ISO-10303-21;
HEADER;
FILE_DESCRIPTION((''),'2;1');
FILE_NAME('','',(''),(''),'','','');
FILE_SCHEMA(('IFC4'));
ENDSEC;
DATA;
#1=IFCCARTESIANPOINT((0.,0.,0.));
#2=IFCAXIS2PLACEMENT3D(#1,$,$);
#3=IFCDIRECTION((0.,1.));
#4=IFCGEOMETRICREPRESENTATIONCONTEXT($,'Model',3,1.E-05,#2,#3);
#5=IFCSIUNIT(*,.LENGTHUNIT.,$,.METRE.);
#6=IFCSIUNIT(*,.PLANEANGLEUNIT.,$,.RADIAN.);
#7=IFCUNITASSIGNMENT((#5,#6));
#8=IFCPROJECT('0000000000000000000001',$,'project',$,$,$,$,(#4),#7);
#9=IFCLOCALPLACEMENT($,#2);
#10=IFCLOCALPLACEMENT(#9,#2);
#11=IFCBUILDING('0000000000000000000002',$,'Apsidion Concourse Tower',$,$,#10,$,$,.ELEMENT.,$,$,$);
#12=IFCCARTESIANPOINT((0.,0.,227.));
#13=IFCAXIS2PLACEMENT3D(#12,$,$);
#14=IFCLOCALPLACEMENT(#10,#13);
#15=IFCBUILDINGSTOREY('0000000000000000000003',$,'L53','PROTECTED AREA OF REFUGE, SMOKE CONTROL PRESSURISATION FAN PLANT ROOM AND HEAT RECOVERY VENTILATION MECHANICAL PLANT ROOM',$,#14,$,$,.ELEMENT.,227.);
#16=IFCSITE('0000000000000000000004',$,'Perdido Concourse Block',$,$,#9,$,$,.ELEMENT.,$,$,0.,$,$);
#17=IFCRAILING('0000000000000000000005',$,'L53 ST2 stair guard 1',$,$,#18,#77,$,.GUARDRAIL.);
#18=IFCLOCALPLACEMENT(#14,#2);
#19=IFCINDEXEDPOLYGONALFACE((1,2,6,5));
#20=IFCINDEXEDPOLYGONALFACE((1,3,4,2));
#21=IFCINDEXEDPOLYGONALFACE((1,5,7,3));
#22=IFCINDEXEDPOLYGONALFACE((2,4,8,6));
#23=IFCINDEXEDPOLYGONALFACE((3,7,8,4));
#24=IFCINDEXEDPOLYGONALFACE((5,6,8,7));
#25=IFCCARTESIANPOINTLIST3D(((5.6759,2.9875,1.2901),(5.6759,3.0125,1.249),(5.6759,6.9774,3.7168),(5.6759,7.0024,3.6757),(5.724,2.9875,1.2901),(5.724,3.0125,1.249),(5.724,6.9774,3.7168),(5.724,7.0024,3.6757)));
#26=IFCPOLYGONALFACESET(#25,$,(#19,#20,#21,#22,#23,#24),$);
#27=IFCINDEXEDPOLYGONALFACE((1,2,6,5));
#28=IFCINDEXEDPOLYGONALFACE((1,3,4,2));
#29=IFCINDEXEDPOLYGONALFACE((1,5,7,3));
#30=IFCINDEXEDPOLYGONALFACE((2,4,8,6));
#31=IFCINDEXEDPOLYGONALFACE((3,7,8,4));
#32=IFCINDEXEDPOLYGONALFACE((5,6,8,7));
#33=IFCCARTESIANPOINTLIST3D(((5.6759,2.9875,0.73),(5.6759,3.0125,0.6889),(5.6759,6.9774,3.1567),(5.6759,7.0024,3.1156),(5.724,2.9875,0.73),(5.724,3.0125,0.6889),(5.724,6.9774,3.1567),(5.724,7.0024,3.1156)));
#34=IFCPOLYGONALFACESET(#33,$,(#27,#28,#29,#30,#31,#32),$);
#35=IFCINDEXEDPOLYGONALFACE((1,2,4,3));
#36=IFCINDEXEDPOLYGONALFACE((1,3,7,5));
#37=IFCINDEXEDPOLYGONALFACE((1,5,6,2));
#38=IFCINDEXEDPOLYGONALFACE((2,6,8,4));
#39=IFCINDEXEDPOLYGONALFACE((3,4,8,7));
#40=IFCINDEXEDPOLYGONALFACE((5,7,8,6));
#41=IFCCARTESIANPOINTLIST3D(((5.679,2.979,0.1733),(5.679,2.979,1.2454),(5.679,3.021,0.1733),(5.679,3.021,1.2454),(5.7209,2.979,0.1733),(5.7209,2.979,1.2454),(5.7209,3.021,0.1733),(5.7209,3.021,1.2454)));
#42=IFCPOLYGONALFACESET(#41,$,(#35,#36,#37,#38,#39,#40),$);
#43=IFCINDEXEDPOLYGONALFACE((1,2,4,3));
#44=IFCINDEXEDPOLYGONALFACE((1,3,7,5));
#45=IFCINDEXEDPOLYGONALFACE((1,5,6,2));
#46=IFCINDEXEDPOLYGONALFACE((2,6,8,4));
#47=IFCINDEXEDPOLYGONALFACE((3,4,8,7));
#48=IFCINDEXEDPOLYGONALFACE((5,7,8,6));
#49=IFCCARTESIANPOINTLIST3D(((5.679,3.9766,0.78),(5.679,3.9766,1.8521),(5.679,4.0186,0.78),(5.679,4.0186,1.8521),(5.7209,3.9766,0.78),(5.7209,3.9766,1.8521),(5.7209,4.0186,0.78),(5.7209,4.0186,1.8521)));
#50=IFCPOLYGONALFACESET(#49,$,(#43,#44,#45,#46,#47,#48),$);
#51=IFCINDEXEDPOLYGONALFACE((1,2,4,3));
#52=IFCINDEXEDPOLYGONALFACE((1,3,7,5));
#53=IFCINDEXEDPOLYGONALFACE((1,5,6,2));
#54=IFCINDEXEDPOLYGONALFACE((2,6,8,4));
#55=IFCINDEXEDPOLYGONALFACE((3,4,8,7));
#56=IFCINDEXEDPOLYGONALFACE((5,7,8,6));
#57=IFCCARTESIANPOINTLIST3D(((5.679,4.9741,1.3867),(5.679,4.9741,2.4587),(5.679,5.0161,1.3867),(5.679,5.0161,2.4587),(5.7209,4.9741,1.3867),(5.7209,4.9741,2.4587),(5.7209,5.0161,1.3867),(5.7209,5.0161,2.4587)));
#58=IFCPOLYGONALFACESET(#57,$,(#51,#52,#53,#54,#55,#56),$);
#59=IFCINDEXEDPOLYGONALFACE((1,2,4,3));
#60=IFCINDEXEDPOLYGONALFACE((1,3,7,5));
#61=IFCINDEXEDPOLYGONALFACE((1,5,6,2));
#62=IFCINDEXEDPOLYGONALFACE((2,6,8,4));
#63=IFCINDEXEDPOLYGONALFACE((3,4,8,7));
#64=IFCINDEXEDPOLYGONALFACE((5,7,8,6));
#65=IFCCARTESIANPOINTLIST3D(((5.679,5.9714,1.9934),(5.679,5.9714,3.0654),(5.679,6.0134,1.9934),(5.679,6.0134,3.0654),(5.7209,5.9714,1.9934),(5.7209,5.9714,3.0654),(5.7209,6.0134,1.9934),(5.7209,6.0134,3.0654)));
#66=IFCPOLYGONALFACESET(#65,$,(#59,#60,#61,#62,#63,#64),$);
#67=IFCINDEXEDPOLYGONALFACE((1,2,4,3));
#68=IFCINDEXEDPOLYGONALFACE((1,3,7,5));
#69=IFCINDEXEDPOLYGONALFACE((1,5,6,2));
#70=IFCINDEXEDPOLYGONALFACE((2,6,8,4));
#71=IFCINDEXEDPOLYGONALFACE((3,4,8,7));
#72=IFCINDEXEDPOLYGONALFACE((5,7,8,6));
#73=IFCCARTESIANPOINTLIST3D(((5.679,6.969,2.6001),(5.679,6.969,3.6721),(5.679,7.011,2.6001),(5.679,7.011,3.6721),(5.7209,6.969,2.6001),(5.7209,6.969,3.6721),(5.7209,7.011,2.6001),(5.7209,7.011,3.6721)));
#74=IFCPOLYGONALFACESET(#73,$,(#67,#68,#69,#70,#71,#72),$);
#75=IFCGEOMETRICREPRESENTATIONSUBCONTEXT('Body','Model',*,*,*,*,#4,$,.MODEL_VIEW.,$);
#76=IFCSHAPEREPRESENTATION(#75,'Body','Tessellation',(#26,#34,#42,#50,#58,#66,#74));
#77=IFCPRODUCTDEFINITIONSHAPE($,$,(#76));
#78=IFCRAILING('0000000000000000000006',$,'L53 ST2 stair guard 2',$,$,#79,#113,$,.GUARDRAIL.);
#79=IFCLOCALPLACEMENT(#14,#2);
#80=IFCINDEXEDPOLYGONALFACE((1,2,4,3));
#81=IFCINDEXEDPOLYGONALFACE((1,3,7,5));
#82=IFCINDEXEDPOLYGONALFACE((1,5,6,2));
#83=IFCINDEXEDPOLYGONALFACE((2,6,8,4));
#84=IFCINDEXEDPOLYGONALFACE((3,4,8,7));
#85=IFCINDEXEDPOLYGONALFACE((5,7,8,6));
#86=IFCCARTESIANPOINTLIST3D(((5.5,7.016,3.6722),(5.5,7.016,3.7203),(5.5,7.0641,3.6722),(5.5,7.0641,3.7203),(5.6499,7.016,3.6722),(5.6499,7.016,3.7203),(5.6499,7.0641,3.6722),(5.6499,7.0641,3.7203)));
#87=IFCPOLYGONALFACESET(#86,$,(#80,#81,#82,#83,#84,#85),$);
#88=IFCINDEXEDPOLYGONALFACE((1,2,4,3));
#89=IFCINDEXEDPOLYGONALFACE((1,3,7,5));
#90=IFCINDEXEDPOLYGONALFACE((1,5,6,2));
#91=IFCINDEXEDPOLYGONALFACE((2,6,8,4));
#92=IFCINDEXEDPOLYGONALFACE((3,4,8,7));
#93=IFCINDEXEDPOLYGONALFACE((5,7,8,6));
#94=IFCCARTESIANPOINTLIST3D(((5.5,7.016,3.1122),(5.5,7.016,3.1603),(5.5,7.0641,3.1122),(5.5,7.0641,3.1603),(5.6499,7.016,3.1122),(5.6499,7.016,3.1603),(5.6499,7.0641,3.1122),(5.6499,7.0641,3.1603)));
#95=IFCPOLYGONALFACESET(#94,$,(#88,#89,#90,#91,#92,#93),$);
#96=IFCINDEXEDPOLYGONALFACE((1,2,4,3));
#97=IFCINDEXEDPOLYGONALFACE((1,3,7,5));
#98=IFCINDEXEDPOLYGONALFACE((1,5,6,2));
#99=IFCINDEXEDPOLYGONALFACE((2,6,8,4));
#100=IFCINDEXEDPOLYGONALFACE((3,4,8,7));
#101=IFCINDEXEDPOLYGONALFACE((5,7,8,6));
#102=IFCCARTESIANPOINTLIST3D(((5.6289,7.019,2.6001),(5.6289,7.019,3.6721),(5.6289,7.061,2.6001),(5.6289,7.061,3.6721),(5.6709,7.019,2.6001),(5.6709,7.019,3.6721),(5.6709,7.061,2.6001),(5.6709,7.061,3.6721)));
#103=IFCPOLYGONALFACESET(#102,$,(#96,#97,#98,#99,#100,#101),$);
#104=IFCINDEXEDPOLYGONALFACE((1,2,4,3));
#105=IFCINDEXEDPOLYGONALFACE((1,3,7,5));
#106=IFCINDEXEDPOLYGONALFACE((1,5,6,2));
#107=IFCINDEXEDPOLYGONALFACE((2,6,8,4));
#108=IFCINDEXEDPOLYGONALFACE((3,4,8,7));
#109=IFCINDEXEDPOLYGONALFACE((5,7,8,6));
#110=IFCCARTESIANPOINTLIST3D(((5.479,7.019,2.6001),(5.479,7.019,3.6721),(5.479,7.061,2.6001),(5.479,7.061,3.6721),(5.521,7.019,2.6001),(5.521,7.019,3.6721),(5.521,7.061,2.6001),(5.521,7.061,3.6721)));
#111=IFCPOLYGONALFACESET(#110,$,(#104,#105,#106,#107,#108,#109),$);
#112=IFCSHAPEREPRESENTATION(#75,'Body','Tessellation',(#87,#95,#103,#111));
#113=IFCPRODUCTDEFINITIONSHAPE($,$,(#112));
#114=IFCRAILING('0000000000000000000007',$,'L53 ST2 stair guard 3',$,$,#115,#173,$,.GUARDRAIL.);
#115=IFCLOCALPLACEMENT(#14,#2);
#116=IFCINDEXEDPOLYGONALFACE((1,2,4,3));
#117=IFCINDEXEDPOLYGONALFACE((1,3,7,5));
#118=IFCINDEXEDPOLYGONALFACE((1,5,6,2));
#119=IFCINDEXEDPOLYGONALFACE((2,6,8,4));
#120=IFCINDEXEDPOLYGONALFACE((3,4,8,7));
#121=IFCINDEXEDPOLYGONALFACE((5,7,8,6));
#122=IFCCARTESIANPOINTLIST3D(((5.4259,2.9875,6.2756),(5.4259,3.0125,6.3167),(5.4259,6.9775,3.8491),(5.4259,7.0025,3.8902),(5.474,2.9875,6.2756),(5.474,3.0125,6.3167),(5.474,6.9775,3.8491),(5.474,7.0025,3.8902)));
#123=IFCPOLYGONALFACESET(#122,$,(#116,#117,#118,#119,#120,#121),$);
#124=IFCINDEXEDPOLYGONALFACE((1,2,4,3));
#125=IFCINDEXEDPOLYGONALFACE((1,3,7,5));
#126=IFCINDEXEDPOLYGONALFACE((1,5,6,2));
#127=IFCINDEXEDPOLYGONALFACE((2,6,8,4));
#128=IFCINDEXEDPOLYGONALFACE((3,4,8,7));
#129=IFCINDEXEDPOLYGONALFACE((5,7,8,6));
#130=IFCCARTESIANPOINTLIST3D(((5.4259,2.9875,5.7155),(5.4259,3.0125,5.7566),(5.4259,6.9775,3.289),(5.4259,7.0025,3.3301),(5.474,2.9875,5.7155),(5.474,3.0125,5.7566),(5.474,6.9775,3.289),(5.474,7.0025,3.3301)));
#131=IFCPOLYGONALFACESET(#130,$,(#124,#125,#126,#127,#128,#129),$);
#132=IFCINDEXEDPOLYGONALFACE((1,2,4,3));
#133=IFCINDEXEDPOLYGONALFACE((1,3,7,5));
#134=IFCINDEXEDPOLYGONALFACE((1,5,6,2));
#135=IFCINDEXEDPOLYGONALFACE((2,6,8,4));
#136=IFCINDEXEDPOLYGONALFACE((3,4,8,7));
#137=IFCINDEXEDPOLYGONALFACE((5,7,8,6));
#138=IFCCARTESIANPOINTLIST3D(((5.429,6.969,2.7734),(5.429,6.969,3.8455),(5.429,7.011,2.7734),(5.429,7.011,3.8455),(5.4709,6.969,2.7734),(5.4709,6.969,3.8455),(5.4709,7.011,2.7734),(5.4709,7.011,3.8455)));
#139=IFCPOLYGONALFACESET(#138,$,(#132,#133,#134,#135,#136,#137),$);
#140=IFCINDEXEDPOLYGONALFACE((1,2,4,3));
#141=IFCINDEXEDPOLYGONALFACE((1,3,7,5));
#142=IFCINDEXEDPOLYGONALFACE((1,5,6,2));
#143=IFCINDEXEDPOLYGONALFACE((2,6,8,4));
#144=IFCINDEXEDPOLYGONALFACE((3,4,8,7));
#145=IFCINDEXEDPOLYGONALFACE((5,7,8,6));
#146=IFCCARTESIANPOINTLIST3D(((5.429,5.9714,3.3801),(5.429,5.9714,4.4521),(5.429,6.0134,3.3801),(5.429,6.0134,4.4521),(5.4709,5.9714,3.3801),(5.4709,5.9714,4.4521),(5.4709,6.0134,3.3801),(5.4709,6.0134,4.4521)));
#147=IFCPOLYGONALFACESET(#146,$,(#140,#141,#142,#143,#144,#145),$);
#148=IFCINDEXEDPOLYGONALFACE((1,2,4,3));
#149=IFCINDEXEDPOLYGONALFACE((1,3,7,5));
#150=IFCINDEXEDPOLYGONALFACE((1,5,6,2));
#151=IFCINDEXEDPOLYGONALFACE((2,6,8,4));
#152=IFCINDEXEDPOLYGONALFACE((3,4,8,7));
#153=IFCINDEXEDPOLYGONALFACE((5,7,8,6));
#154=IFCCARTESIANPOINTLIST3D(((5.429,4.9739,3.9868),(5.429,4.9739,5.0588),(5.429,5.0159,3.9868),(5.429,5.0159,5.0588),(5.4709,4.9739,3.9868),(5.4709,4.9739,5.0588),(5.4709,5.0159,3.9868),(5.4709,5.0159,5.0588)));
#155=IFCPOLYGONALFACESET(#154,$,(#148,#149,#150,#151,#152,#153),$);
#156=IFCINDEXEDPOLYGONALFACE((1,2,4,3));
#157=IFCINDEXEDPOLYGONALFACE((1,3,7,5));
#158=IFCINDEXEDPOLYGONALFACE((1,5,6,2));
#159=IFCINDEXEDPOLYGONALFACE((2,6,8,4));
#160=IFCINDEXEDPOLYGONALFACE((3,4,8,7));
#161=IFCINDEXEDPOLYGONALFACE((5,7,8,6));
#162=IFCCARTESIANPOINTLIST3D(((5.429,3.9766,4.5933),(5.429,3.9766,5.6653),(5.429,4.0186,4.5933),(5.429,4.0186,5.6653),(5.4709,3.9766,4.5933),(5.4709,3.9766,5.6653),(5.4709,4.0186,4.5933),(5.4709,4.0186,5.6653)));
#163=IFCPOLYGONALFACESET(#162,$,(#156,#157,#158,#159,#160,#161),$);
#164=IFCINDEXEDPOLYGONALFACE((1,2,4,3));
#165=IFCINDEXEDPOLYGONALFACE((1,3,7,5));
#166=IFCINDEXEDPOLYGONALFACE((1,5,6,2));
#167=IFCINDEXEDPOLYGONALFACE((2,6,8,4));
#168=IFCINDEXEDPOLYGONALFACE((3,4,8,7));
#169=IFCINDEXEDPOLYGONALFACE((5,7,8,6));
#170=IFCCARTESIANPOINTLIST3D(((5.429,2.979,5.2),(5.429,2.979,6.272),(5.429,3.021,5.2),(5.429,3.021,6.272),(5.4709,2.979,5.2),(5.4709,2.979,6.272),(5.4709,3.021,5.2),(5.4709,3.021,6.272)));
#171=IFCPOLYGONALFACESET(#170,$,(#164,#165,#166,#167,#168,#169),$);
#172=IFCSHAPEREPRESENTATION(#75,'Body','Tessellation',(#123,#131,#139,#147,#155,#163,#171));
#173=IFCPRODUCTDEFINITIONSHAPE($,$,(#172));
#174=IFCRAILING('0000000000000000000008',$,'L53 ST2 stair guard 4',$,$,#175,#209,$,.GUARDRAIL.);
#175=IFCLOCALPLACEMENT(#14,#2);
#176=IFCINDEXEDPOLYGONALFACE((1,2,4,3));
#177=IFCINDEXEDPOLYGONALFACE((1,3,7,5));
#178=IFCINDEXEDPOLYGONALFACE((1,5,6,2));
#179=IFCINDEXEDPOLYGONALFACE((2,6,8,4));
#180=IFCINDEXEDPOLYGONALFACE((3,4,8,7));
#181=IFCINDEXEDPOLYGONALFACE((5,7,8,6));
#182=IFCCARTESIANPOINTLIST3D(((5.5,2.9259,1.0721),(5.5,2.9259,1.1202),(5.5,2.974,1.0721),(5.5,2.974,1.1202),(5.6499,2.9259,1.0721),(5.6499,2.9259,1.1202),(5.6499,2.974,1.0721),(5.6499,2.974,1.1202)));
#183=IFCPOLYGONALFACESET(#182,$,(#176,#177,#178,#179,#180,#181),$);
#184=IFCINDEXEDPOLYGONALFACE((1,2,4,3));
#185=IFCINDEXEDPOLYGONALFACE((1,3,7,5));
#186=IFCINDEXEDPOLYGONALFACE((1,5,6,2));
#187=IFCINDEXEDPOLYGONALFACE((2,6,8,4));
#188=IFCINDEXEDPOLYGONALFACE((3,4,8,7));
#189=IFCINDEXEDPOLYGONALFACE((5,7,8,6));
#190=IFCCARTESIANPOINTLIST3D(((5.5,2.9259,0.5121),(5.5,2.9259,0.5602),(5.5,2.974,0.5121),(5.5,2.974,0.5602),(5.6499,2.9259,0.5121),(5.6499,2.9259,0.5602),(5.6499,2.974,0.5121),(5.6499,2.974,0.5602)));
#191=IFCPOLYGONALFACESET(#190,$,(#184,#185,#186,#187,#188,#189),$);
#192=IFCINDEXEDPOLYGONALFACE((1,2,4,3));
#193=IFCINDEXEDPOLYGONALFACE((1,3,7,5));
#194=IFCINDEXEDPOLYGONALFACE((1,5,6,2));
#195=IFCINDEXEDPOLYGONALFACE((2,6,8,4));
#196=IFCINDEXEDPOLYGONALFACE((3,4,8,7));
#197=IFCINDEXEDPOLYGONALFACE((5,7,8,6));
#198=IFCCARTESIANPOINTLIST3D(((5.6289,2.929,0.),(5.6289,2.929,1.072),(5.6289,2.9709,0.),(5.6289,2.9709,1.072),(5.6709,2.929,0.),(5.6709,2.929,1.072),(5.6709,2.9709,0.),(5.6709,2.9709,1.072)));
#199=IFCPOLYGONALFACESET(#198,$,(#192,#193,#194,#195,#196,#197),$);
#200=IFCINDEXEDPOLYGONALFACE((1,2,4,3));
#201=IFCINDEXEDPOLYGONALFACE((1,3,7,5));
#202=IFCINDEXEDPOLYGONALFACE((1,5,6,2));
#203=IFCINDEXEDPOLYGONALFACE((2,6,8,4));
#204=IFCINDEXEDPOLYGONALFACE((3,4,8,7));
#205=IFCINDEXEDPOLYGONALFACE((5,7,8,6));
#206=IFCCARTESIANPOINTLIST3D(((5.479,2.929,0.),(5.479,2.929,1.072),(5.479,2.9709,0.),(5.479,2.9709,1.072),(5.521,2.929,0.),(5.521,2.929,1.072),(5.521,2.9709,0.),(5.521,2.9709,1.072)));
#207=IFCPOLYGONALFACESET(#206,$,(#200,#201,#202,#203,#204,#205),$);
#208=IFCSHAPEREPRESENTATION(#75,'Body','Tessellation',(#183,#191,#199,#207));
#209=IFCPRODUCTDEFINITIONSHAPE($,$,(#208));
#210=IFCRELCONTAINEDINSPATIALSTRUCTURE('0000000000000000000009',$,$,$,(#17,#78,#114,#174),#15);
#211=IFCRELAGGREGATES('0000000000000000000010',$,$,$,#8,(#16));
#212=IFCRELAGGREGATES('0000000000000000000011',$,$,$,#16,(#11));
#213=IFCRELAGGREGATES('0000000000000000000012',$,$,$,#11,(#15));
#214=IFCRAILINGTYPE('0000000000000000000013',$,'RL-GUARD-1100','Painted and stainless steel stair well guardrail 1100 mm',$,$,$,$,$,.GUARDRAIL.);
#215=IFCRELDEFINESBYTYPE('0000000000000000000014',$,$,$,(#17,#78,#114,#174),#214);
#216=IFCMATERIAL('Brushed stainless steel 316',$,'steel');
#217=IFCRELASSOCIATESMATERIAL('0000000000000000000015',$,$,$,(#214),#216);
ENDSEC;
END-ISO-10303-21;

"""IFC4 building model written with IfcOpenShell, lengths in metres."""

from ifc_helpers import new_model, si_unit, direction, frame, origin, origin_2d, place, context, subcontext, project, spatial, rectangle, extrude, material, type_object, element, save


model = new_model("IFC4")

# Units and contexts
model_context = context("Model", 3, precision=1e-05, world=origin(), true_north=direction((0.0, 1.0)))
body_context = subcontext(model_context, "Body", "Model", "MODEL_VIEW")
ifc_project = project(units=[si_unit("LENGTHUNIT", "METRE"), si_unit("PLANEANGLEUNIT", "RADIAN")], contexts=[model_context])

# Site, building, storey
site_placement = place(None, origin())
site = spatial("IfcSite", under=ifc_project, at=site_placement, Name="Perdido Concourse Block", CompositionType="ELEMENT", RefElevation=0.0)
building_placement = place(site_placement, origin())
building = spatial("IfcBuilding", under=site, at=building_placement, Name="Apsidion Concourse Tower", CompositionType="ELEMENT")
storey_placement = place(building_placement, frame((0.0, 0.0, 227.0)))
storey = spatial("IfcBuildingStorey", under=building, at=storey_placement, Name="L53", Description="PROTECTED AREA OF REFUGE, SMOKE CONTROL PRESSURISATION FAN PLANT ROOM AND HEAT RECOVERY VENTILATION MECHANICAL PLANT ROOM", CompositionType="ELEMENT", Elevation=227.0)

# Shared definitions
ifc_material_1 = material(Name="Brushed stainless steel 316", Category="steel")

# Railings
railing_type_1 = type_object("IfcRailingType", Name="RL-GUARD-1100", Description="Painted and stainless steel stair well guardrail 1100 mm", PredefinedType="GUARDRAIL", material=ifc_material_1)
railing_1_placement = place(storey_placement, frame((5.7, 3.0, 0.1733)))
element("IfcRailing", 1, at=railing_1_placement, inside=storey, type_object=railing_type_1, Name="L53 ST2 stair guard 1", PredefinedType="GUARDRAIL", context=body_context, shape_type="SweptSolid", body=[
    extrude(rectangle(XDim=0.0481, YDim=0.0481, at=origin_2d()), frame((0.0, 0.0, 1.0962), z_axis=(0.0, 0.854382, 0.519645), x_axis=(-1.0, 0.0, 0.0)), (0.0, 0.0, 1.0), 4.6699),
    extrude(rectangle(XDim=0.0481, YDim=0.0481, at=origin_2d()), frame((0.0, 0.0, 0.5361), z_axis=(0.0, 0.854382, 0.519645), x_axis=(-1.0, 0.0, 0.0)), (0.0, 0.0, 1.0), 4.6699),
    extrude(rectangle(XDim=0.042, YDim=0.042, at=origin_2d()), origin(), (0.0, 0.0, 1.0), 1.072),
    extrude(rectangle(XDim=0.042, YDim=0.042, at=origin_2d()), frame((0.0, 0.9976, 0.6067)), (0.0, 0.0, 1.0), 1.072),
    extrude(rectangle(XDim=0.042, YDim=0.042, at=origin_2d()), frame((0.0, 1.9951, 1.2134)), (0.0, 0.0, 1.0), 1.072),
    extrude(rectangle(XDim=0.042, YDim=0.042, at=origin_2d()), frame((0.0, 2.9924, 1.8201)), (0.0, 0.0, 1.0), 1.072),
    extrude(rectangle(XDim=0.042, YDim=0.042, at=origin_2d()), frame((0.0, 3.99, 2.4268)), (0.0, 0.0, 1.0), 1.072),
])
railing_2_placement = place(storey_placement, frame((5.6499, 7.04, 2.6001)))
element("IfcRailing", 2, at=railing_2_placement, inside=storey, type_object=railing_type_1, Name="L53 ST2 stair guard 2", PredefinedType="GUARDRAIL", context=body_context, shape_type="SweptSolid", body=[
    extrude(rectangle(XDim=0.0481, YDim=0.0481, at=origin_2d()), frame((0.0, 0.0, 1.0962), z_axis=(-1.0, 0.0, 0.0), x_axis=(0.0, -1.0, 0.0)), (0.0, 0.0, 1.0), 0.1499),
    extrude(rectangle(XDim=0.0481, YDim=0.0481, at=origin_2d()), frame((0.0, 0.0, 0.5361), z_axis=(-1.0, 0.0, 0.0), x_axis=(0.0, -1.0, 0.0)), (0.0, 0.0, 1.0), 0.1499),
    extrude(rectangle(XDim=0.042, YDim=0.042, at=origin_2d()), origin(), (0.0, 0.0, 1.0), 1.072),
    extrude(rectangle(XDim=0.042, YDim=0.042, at=origin_2d()), frame((-0.1499, 0.0, 0.0)), (0.0, 0.0, 1.0), 1.072),
])
railing_3_placement = place(storey_placement, frame((5.45, 6.99, 2.7734)))
element("IfcRailing", 3, at=railing_3_placement, inside=storey, type_object=railing_type_1, Name="L53 ST2 stair guard 3", PredefinedType="GUARDRAIL", context=body_context, shape_type="SweptSolid", body=[
    extrude(rectangle(XDim=0.0481, YDim=0.0481, at=origin_2d()), frame((0.0, 0.0, 1.0962), z_axis=(0.0, -0.854405, 0.519607), x_axis=(1.0, 0.0, 0.0)), (0.0, 0.0, 1.0), 4.6699),
    extrude(rectangle(XDim=0.0481, YDim=0.0481, at=origin_2d()), frame((0.0, 0.0, 0.5361), z_axis=(0.0, -0.854405, 0.519607), x_axis=(1.0, 0.0, 0.0)), (0.0, 0.0, 1.0), 4.6699),
    extrude(rectangle(XDim=0.042, YDim=0.042, at=origin_2d()), origin(), (0.0, 0.0, 1.0), 1.072),
    extrude(rectangle(XDim=0.042, YDim=0.042, at=origin_2d()), frame((0.0, -0.9976, 0.6067)), (0.0, 0.0, 1.0), 1.072),
    extrude(rectangle(XDim=0.042, YDim=0.042, at=origin_2d()), frame((0.0, -1.9951, 1.2134)), (0.0, 0.0, 1.0), 1.072),
    extrude(rectangle(XDim=0.042, YDim=0.042, at=origin_2d()), frame((0.0, -2.9924, 1.8198)), (0.0, 0.0, 1.0), 1.072),
    extrude(rectangle(XDim=0.042, YDim=0.042, at=origin_2d()), frame((0.0, -3.99, 2.4265)), (0.0, 0.0, 1.0), 1.072),
])
railing_4_placement = place(storey_placement, frame((5.6499, 2.95, 0.0)))
element("IfcRailing", 4, at=railing_4_placement, inside=storey, type_object=railing_type_1, Name="L53 ST2 stair guard 4", PredefinedType="GUARDRAIL", context=body_context, shape_type="SweptSolid", body=[
    extrude(rectangle(XDim=0.0481, YDim=0.0481, at=origin_2d()), frame((0.0, 0.0, 1.0962), z_axis=(-1.0, 0.0, 0.0), x_axis=(0.0, -1.0, 0.0)), (0.0, 0.0, 1.0), 0.1499),
    extrude(rectangle(XDim=0.0481, YDim=0.0481, at=origin_2d()), frame((0.0, 0.0, 0.5361), z_axis=(-1.0, 0.0, 0.0), x_axis=(0.0, -1.0, 0.0)), (0.0, 0.0, 1.0), 0.1499),
    extrude(rectangle(XDim=0.042, YDim=0.042, at=origin_2d()), origin(), (0.0, 0.0, 1.0), 1.072),
    extrude(rectangle(XDim=0.042, YDim=0.042, at=origin_2d()), frame((-0.1499, 0.0, 0.0)), (0.0, 0.0, 1.0), 1.072),
])

save(model, "model.ifc")
